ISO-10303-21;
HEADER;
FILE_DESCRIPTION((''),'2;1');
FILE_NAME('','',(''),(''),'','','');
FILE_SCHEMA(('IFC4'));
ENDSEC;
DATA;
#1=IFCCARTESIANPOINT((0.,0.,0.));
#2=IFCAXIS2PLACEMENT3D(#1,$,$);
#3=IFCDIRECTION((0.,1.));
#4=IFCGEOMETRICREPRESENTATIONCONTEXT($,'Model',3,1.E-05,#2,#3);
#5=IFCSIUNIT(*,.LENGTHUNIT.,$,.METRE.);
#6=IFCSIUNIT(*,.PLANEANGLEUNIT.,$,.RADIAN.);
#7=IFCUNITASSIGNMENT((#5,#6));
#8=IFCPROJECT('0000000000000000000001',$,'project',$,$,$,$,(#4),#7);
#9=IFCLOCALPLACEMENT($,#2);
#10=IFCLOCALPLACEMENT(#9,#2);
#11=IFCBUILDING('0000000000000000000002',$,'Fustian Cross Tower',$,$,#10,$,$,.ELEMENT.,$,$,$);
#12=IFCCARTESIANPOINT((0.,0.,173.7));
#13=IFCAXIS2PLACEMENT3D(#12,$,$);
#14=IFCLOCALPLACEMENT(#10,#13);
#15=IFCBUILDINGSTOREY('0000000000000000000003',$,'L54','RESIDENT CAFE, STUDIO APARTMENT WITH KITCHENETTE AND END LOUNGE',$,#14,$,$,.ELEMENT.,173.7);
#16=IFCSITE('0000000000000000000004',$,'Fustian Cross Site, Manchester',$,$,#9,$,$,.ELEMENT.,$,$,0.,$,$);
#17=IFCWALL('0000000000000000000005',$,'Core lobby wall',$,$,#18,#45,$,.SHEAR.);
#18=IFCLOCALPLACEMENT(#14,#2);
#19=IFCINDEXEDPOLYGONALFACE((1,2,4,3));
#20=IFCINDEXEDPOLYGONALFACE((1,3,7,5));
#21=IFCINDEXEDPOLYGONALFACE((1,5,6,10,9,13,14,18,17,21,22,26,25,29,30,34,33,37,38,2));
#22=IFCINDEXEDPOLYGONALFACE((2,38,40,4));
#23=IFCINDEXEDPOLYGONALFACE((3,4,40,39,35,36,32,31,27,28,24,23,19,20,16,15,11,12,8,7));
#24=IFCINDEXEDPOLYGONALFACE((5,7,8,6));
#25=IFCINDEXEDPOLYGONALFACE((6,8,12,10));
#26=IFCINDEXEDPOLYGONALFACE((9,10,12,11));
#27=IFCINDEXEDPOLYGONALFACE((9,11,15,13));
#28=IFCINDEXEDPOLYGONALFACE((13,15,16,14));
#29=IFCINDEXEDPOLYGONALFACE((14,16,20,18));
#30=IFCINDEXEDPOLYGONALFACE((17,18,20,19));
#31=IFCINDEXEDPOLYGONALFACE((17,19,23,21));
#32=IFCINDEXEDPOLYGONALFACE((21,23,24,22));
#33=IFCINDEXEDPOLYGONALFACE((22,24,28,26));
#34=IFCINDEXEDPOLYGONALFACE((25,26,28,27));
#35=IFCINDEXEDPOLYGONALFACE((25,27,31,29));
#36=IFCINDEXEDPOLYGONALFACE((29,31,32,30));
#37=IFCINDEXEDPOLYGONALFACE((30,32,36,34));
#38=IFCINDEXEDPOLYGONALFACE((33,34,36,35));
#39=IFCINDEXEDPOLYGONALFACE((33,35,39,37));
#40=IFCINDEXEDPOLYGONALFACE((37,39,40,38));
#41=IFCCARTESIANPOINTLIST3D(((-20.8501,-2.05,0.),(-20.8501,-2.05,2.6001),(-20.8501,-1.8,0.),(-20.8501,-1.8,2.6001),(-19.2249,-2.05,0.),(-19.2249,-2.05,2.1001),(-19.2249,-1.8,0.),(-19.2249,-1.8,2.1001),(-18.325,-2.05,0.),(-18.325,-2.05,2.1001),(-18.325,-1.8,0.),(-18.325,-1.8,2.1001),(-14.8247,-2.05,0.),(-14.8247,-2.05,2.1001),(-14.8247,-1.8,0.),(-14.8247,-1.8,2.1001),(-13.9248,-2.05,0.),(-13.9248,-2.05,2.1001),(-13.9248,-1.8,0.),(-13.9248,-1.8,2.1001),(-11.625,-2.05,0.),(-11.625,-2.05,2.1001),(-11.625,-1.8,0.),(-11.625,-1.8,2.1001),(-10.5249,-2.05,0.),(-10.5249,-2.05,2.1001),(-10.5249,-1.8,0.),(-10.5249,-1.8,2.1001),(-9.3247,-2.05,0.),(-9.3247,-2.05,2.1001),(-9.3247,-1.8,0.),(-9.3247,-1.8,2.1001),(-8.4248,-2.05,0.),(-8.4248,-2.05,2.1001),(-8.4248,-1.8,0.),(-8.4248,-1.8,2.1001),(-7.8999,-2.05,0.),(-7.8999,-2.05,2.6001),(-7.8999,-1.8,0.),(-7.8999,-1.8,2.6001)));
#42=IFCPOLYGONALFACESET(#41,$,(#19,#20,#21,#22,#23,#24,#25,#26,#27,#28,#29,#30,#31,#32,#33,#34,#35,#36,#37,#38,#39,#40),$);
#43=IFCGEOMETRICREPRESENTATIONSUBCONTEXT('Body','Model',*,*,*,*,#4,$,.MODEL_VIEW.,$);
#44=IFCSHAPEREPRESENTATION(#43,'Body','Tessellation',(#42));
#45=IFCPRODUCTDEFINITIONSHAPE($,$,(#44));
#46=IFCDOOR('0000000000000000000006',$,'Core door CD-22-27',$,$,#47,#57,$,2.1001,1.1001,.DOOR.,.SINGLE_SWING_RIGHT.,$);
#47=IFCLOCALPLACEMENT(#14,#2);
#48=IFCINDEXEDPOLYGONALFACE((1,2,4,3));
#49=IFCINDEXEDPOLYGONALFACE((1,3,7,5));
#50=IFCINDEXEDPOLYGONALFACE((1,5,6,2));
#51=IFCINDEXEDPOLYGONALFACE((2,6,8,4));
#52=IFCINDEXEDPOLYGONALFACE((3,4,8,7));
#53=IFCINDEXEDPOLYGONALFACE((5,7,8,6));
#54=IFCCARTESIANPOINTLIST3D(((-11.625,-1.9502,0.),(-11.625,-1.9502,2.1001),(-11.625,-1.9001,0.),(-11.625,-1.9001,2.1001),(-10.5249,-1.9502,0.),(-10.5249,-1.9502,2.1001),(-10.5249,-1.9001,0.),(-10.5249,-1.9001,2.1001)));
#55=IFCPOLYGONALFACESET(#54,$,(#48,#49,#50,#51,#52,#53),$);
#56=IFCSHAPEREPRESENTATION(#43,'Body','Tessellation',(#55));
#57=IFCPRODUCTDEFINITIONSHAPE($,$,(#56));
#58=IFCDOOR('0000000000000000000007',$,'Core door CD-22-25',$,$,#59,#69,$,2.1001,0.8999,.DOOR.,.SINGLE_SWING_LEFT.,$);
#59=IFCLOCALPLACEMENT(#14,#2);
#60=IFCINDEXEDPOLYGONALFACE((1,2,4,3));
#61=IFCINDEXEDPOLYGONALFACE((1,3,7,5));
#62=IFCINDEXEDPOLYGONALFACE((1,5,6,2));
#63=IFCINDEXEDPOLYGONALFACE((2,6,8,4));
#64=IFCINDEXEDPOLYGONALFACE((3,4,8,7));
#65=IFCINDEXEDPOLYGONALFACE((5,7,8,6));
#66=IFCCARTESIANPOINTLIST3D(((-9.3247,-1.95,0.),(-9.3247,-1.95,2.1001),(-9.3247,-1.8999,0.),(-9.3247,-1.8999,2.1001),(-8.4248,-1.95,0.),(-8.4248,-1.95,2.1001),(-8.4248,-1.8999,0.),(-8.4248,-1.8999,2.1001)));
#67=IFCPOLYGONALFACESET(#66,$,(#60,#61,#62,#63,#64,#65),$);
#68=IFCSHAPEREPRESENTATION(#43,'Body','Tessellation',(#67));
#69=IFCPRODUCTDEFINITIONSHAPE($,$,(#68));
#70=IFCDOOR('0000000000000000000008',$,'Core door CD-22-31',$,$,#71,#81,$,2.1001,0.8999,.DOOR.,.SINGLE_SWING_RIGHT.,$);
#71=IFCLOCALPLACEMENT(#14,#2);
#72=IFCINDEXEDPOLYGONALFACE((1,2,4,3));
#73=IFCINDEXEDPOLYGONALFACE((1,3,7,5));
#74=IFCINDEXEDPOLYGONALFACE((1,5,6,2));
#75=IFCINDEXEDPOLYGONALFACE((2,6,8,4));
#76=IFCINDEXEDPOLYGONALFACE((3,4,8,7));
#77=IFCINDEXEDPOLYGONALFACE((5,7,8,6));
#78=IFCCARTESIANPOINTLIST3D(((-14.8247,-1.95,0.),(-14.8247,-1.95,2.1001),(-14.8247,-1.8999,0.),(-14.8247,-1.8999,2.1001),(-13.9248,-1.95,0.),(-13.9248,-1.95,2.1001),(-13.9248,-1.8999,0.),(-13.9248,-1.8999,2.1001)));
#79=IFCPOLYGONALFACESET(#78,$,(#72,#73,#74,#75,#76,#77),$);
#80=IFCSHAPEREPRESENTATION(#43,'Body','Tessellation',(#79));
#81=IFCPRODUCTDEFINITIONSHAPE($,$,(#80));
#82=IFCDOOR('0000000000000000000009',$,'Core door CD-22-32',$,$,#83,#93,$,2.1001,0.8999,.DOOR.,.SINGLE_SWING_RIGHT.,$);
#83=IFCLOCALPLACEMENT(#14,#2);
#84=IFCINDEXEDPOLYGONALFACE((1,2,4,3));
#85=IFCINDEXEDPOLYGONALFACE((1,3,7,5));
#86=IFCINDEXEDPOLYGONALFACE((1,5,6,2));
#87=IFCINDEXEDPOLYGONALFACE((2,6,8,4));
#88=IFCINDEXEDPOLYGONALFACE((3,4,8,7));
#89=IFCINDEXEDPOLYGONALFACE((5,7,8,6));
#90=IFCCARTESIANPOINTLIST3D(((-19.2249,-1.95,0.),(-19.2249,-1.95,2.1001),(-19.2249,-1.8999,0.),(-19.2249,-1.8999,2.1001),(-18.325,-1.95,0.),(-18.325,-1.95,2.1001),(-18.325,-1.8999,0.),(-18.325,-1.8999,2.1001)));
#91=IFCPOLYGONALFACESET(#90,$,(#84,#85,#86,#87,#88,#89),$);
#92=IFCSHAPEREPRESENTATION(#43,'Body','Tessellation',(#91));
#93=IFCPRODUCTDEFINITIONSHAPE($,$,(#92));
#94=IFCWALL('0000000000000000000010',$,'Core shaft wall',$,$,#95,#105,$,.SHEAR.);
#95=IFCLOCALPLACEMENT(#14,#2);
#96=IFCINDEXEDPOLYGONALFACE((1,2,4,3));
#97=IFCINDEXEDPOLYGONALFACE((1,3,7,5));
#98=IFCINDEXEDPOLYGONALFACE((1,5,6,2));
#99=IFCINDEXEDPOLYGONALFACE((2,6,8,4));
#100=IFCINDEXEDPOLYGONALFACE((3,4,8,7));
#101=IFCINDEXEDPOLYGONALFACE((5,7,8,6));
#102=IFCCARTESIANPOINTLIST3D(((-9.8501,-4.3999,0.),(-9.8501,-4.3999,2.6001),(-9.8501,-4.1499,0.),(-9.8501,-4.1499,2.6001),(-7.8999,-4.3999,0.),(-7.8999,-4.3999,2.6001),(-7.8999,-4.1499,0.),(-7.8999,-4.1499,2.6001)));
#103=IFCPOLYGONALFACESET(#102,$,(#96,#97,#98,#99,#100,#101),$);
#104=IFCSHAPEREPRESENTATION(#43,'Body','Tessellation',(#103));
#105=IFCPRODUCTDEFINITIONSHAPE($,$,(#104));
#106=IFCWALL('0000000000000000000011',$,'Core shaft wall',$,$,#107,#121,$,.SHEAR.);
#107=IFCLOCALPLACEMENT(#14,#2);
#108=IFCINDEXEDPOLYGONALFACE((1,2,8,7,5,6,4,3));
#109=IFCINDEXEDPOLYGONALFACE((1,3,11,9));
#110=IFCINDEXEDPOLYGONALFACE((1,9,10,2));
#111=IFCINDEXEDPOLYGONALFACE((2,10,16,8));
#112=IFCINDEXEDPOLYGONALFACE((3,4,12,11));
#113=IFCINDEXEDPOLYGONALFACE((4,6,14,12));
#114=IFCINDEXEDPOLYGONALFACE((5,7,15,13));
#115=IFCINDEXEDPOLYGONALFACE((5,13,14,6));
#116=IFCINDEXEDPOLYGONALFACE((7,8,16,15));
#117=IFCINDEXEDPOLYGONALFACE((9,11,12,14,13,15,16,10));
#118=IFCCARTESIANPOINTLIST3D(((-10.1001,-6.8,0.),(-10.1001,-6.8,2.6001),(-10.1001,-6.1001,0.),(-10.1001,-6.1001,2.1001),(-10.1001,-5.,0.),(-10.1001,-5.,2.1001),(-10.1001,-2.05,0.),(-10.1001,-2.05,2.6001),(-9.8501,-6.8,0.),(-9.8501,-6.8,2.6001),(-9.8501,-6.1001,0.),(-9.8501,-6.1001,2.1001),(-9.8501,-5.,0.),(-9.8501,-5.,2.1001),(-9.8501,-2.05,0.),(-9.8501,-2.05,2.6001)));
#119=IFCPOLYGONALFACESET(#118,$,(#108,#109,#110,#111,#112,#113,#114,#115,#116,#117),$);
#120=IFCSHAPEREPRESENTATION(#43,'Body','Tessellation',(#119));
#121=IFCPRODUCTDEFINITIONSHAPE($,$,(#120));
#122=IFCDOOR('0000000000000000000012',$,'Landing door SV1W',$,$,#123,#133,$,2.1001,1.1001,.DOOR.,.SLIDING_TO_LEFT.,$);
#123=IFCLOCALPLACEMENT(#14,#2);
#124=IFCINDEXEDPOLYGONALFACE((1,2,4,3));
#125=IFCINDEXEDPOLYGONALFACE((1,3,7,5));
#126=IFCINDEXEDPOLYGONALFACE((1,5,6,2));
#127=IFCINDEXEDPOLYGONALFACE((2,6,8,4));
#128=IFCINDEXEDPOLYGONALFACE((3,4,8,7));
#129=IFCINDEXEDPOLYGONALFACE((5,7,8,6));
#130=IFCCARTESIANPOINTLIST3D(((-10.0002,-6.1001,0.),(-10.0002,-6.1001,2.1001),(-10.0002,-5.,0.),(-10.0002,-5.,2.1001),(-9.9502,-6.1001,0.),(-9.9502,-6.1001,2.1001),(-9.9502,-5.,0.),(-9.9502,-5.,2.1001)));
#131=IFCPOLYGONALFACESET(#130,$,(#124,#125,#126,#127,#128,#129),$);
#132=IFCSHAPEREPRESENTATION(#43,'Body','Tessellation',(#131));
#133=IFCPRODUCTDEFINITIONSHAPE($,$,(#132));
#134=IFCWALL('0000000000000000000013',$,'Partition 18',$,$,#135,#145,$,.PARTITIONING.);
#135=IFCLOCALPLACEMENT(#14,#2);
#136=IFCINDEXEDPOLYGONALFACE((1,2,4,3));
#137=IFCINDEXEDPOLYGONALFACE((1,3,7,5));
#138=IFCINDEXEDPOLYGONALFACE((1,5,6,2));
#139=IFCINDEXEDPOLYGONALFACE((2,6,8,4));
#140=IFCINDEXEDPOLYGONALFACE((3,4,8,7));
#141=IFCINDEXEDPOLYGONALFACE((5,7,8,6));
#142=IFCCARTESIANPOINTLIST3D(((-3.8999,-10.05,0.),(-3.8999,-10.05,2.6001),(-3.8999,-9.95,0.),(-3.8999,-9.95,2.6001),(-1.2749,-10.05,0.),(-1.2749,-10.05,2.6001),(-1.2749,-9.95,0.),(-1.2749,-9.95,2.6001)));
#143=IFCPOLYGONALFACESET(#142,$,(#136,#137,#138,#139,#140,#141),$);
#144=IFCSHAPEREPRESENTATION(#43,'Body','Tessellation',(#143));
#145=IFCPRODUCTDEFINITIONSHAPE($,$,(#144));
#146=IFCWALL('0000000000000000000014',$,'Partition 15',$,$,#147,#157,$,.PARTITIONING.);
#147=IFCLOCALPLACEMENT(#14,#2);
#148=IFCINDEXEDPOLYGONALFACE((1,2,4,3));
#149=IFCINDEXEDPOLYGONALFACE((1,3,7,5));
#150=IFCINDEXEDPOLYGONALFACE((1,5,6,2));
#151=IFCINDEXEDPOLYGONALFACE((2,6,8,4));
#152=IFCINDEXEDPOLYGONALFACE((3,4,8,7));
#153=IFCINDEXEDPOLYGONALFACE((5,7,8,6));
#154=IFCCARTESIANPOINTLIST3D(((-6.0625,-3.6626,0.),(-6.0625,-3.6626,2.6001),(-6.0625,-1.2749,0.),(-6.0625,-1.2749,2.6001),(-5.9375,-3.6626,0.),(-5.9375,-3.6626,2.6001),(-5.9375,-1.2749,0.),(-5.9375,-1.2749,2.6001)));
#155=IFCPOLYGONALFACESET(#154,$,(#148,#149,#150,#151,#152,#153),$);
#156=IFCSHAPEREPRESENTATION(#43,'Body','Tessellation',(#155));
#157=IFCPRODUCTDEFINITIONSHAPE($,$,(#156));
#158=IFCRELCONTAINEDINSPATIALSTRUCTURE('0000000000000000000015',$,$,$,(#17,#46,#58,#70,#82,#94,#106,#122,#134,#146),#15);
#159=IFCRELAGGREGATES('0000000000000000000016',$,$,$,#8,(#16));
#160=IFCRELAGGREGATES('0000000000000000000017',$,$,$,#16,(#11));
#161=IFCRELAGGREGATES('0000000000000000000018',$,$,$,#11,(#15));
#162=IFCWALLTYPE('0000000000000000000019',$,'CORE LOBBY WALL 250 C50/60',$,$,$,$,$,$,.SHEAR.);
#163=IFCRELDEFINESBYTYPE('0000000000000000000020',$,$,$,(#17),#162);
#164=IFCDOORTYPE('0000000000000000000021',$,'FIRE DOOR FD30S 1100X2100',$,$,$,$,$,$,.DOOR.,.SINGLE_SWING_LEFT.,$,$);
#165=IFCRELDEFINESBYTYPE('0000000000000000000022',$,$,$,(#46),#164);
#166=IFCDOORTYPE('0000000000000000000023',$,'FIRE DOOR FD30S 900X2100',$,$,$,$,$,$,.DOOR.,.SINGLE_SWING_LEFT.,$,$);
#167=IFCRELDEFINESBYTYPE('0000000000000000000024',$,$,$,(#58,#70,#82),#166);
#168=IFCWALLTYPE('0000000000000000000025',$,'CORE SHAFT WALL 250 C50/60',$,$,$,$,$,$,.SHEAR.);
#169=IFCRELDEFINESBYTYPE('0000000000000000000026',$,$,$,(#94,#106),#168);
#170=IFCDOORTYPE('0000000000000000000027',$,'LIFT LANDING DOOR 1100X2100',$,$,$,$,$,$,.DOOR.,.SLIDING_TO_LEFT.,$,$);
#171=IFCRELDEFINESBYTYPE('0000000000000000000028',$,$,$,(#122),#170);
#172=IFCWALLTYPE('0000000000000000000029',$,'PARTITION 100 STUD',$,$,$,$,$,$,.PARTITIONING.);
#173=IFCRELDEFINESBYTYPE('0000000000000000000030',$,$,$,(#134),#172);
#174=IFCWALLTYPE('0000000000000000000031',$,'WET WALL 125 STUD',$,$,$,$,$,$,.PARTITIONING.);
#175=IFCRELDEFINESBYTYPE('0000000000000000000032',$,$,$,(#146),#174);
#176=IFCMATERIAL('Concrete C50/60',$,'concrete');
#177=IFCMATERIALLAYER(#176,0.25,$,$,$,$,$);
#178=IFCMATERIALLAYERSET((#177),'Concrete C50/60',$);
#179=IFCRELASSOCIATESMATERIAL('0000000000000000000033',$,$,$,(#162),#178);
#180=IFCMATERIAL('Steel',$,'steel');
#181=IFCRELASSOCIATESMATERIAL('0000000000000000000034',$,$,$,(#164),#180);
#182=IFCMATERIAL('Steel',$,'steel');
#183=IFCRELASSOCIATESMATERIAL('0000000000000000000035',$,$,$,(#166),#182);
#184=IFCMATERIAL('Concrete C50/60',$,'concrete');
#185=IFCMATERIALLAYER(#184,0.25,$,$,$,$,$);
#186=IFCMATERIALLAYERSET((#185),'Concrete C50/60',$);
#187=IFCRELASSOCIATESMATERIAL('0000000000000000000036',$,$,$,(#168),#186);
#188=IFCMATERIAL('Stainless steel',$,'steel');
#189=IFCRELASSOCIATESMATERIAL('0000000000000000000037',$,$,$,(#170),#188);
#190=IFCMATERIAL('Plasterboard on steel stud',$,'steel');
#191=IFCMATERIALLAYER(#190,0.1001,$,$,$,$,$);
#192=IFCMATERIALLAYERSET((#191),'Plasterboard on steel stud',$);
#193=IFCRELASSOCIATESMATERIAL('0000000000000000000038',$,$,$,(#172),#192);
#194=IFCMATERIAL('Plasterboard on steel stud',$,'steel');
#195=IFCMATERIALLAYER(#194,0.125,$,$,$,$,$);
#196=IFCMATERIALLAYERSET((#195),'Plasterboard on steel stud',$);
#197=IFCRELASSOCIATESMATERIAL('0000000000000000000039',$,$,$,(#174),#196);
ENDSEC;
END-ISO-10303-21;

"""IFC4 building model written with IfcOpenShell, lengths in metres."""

from ifc_helpers import new_model, si_unit, direction, frame, frame_2d, origin, place, context, subcontext, project, spatial, rectangle, extrude, material, layer, layer_set, type_object, element, fill, save


model = new_model("IFC4")

# Units and contexts
model_context = context("Model", 3, precision=1e-05, world=origin(), true_north=direction((0.0, 1.0)))
body_context = subcontext(model_context, "Body", "Model", "MODEL_VIEW")
ifc_project = project(units=[si_unit("LENGTHUNIT", "METRE"), si_unit("PLANEANGLEUNIT", "RADIAN")], contexts=[model_context])

# Site, building, storey
site_placement = place(None, origin())
site = spatial("IfcSite", under=ifc_project, at=site_placement, Name="Fustian Cross Site, Manchester", CompositionType="ELEMENT", RefElevation=0.0)
building_placement = place(site_placement, origin())
building = spatial("IfcBuilding", under=site, at=building_placement, Name="Fustian Cross Tower", CompositionType="ELEMENT")
storey_placement = place(building_placement, frame((0.0, 0.0, 173.7)))
storey = spatial("IfcBuildingStorey", under=building, at=storey_placement, Name="L54", Description="RESIDENT CAFE, STUDIO APARTMENT WITH KITCHENETTE AND END LOUNGE", CompositionType="ELEMENT", Elevation=173.7)

# Wall, openings, doors
ifc_material_1 = material(Name="Concrete C50/60", Category="concrete")
ifc_layer_1 = layer(ifc_material_1, 0.25)
ifc_layer_set_1 = layer_set([ifc_layer_1], Name="Concrete C50/60")
wall_type_1 = type_object("IfcWallType", Name="CORE LOBBY WALL 250 C50/60", PredefinedType="SHEAR", material=ifc_layer_set_1)
wall_1_placement = place(storey_placement, frame((-7.8999, -1.925, 0.0), z_axis=(0.0, 0.0, 1.0), x_axis=(-1.0, 0.0, 0.0)))
wall_1 = element("IfcWall", 1, at=wall_1_placement, inside=storey, type_object=wall_type_1, Name="Core lobby wall", PredefinedType="SHEAR", context=body_context, shape_type="SweptSolid", body=[
    extrude(rectangle(XDim=12.9502, YDim=0.25, at=frame_2d((6.4751, 0.0))), origin(), (0.0, 0.0, 1.0), 2.6001),
])
opening_1_placement = place(wall_1_placement, frame((0.5249, 0.0, 0.0)))
opening_1 = element("IfcOpeningElement", 2, at=opening_1_placement, cuts=wall_1, PredefinedType="OPENING", context=body_context, shape_type="SweptSolid", body=[
    extrude(rectangle(XDim=0.8999, YDim=2.1001, at=frame_2d((0.45, 1.05))), frame((0.0, 0.135, 0.0), z_axis=(0.0, -1.0, 0.0), x_axis=(1.0, 0.0, 0.0)), (0.0, 0.0, 1.0), 0.27),
])
opening_2_placement = place(wall_1_placement, frame((2.625, 0.0, 0.0)))
opening_2 = element("IfcOpeningElement", 3, at=opening_2_placement, cuts=wall_1, PredefinedType="OPENING", context=body_context, shape_type="SweptSolid", body=[
    extrude(rectangle(XDim=1.1001, YDim=2.1001, at=frame_2d((0.55, 1.05))), frame((0.0, 0.135, 0.0), z_axis=(0.0, -1.0, 0.0), x_axis=(1.0, 0.0, 0.0)), (0.0, 0.0, 1.0), 0.27),
])
opening_3_placement = place(wall_1_placement, frame((6.0249, 0.0, 0.0)))
opening_3 = element("IfcOpeningElement", 4, at=opening_3_placement, cuts=wall_1, PredefinedType="OPENING", context=body_context, shape_type="SweptSolid", body=[
    extrude(rectangle(XDim=0.8999, YDim=2.1001, at=frame_2d((0.45, 1.05))), frame((0.0, 0.135, 0.0), z_axis=(0.0, -1.0, 0.0), x_axis=(1.0, 0.0, 0.0)), (0.0, 0.0, 1.0), 0.27),
])
opening_4_placement = place(wall_1_placement, frame((10.425, 0.0, 0.0)))
opening_4 = element("IfcOpeningElement", 5, at=opening_4_placement, cuts=wall_1, PredefinedType="OPENING", context=body_context, shape_type="SweptSolid", body=[
    extrude(rectangle(XDim=0.8999, YDim=2.1001, at=frame_2d((0.45, 1.05))), frame((0.0, 0.135, 0.0), z_axis=(0.0, -1.0, 0.0), x_axis=(1.0, 0.0, 0.0)), (0.0, 0.0, 1.0), 0.27),
])
ifc_material_2 = material(Name="Steel", Category="steel")
door_type_1 = type_object("IfcDoorType", Name="FIRE DOOR FD30S 1100X2100", OperationType="SINGLE_SWING_LEFT", PredefinedType="DOOR", material=ifc_material_2)
door_1_placement = place(opening_2_placement, frame((1.1001, 0.0, 0.0), z_axis=(0.0, 0.0, 1.0), x_axis=(-1.0, 0.0, 0.0)))
door_1 = element("IfcDoor", 6, at=door_1_placement, inside=storey, type_object=door_type_1, Name="Core door CD-22-27", OperationType="SINGLE_SWING_RIGHT", OverallHeight=2.1001, OverallWidth=1.1001, PredefinedType="DOOR", context=body_context, shape_type="SweptSolid", body=[
    extrude(rectangle(XDim=1.1001, YDim=2.1001, at=frame_2d((0.55, 1.05))), frame((0.0, 0.0249, 0.0), z_axis=(0.0, -1.0, 0.0), x_axis=(1.0, 0.0, 0.0)), (0.0, 0.0, 1.0), 0.05),
])
fill(opening_2, door_1)
ifc_material_3 = material(Name="Steel", Category="steel")
door_type_2 = type_object("IfcDoorType", Name="FIRE DOOR FD30S 900X2100", OperationType="SINGLE_SWING_LEFT", PredefinedType="DOOR", material=ifc_material_3)
door_2_placement = place(opening_1_placement, origin())
door_2 = element("IfcDoor", 7, at=door_2_placement, inside=storey, type_object=door_type_2, Name="Core door CD-22-25", OperationType="SINGLE_SWING_LEFT", OverallHeight=2.1001, OverallWidth=0.8999, PredefinedType="DOOR", context=body_context, shape_type="SweptSolid", body=[
    extrude(rectangle(XDim=0.8999, YDim=2.1001, at=frame_2d((0.45, 1.05))), frame((0.0, 0.0249, 0.0), z_axis=(0.0, -1.0, 0.0), x_axis=(1.0, 0.0, 0.0)), (0.0, 0.0, 1.0), 0.05),
])
fill(opening_1, door_2)
door_3_placement = place(opening_3_placement, origin())
door_3 = element("IfcDoor", 8, at=door_3_placement, inside=storey, type_object=door_type_2, Name="Core door CD-22-31", OperationType="SINGLE_SWING_RIGHT", OverallHeight=2.1001, OverallWidth=0.8999, PredefinedType="DOOR", context=body_context, shape_type="SweptSolid", body=[
    extrude(rectangle(XDim=0.8999, YDim=2.1001, at=frame_2d((0.45, 1.05))), frame((0.0, 0.0249, 0.0), z_axis=(0.0, -1.0, 0.0), x_axis=(1.0, 0.0, 0.0)), (0.0, 0.0, 1.0), 0.05),
])
fill(opening_3, door_3)
door_4_placement = place(opening_4_placement, origin())
door_4 = element("IfcDoor", 9, at=door_4_placement, inside=storey, type_object=door_type_2, Name="Core door CD-22-32", OperationType="SINGLE_SWING_RIGHT", OverallHeight=2.1001, OverallWidth=0.8999, PredefinedType="DOOR", context=body_context, shape_type="SweptSolid", body=[
    extrude(rectangle(XDim=0.8999, YDim=2.1001, at=frame_2d((0.45, 1.05))), frame((0.0, 0.0249, 0.0), z_axis=(0.0, -1.0, 0.0), x_axis=(1.0, 0.0, 0.0)), (0.0, 0.0, 1.0), 0.05),
])
fill(opening_4, door_4)

# Wall
ifc_material_4 = material(Name="Concrete C50/60", Category="concrete")
ifc_layer_2 = layer(ifc_material_4, 0.25)
ifc_layer_set_2 = layer_set([ifc_layer_2], Name="Concrete C50/60")
wall_type_2 = type_object("IfcWallType", Name="CORE SHAFT WALL 250 C50/60", PredefinedType="SHEAR", material=ifc_layer_set_2)
wall_2_placement = place(storey_placement, frame((-7.8999, -4.2749, 0.0), z_axis=(0.0, 0.0, 1.0), x_axis=(-1.0, 0.0, 0.0)))
element("IfcWall", 10, at=wall_2_placement, inside=storey, type_object=wall_type_2, Name="Core shaft wall", PredefinedType="SHEAR", context=body_context, shape_type="SweptSolid", body=[
    extrude(rectangle(XDim=1.9502, YDim=0.25, at=frame_2d((0.9751, 0.0))), origin(), (0.0, 0.0, 1.0), 2.6001),
])

# Wall, opening, door
wall_3_placement = place(storey_placement, frame((-9.9751, -2.05, 0.0), z_axis=(0.0, 0.0, 1.0), x_axis=(0.0, -1.0, 0.0)))
wall_3 = element("IfcWall", 11, at=wall_3_placement, inside=storey, type_object=wall_type_2, Name="Core shaft wall", PredefinedType="SHEAR", context=body_context, shape_type="SweptSolid", body=[
    extrude(rectangle(XDim=4.75, YDim=0.25, at=frame_2d((2.375, 0.0))), origin(), (0.0, 0.0, 1.0), 2.6001),
])
opening_5_placement = place(wall_3_placement, frame((2.95, 0.0, 0.0)))
opening_5 = element("IfcOpeningElement", 12, at=opening_5_placement, cuts=wall_3, PredefinedType="OPENING", context=body_context, shape_type="SweptSolid", body=[
    extrude(rectangle(XDim=1.1001, YDim=2.1001, at=frame_2d((0.55, 1.05))), frame((0.0, 0.135, 0.0), z_axis=(0.0, -1.0, 0.0), x_axis=(1.0, 0.0, 0.0)), (0.0, 0.0, 1.0), 0.27),
])
ifc_material_5 = material(Name="Stainless steel", Category="steel")
door_type_3 = type_object("IfcDoorType", Name="LIFT LANDING DOOR 1100X2100", OperationType="SLIDING_TO_LEFT", PredefinedType="DOOR", material=ifc_material_5)
door_5_placement = place(opening_5_placement, origin())
door_5 = element("IfcDoor", 13, at=door_5_placement, inside=storey, type_object=door_type_3, Name="Landing door SV1W", OperationType="SLIDING_TO_LEFT", OverallHeight=2.1001, OverallWidth=1.1001, PredefinedType="DOOR", context=body_context, shape_type="SweptSolid", body=[
    extrude(rectangle(XDim=1.1001, YDim=2.1001, at=frame_2d((0.55, 1.05))), frame((0.0, 0.0249, 0.0), z_axis=(0.0, -1.0, 0.0), x_axis=(1.0, 0.0, 0.0)), (0.0, 0.0, 1.0), 0.05),
])
fill(opening_5, door_5)

# Walls
ifc_material_6 = material(Name="Plasterboard on steel stud", Category="steel")
ifc_layer_3 = layer(ifc_material_6, 0.1001)
ifc_layer_set_3 = layer_set([ifc_layer_3], Name="Plasterboard on steel stud")
wall_type_3 = type_object("IfcWallType", Name="PARTITION 100 STUD", PredefinedType="PARTITIONING", material=ifc_layer_set_3)
wall_4_placement = place(storey_placement, frame((-3.8999, -10.0, 0.0), z_axis=(0.0, 0.0, 1.0), x_axis=(1.0, 0.0, 0.0)))
element("IfcWall", 14, at=wall_4_placement, inside=storey, type_object=wall_type_3, Name="Partition 18", PredefinedType="PARTITIONING", context=body_context, shape_type="SweptSolid", body=[
    extrude(rectangle(XDim=2.625, YDim=0.1001, at=frame_2d((1.3125, 0.0))), origin(), (0.0, 0.0, 1.0), 2.6001),
])
ifc_material_7 = material(Name="Plasterboard on steel stud", Category="steel")
ifc_layer_4 = layer(ifc_material_7, 0.125)
ifc_layer_set_4 = layer_set([ifc_layer_4], Name="Plasterboard on steel stud")
wall_type_4 = type_object("IfcWallType", Name="WET WALL 125 STUD", PredefinedType="PARTITIONING", material=ifc_layer_set_4)
wall_5_placement = place(storey_placement, frame((-6.0, -3.6626, 0.0), z_axis=(0.0, 0.0, 1.0), x_axis=(0.0, 1.0, 0.0)))
element("IfcWall", 15, at=wall_5_placement, inside=storey, type_object=wall_type_4, Name="Partition 15", PredefinedType="PARTITIONING", context=body_context, shape_type="SweptSolid", body=[
    extrude(rectangle(XDim=2.3877, YDim=0.125, at=frame_2d((1.1938, 0.0))), origin(), (0.0, 0.0, 1.0), 2.6001),
])

save(model, "model.ifc")
